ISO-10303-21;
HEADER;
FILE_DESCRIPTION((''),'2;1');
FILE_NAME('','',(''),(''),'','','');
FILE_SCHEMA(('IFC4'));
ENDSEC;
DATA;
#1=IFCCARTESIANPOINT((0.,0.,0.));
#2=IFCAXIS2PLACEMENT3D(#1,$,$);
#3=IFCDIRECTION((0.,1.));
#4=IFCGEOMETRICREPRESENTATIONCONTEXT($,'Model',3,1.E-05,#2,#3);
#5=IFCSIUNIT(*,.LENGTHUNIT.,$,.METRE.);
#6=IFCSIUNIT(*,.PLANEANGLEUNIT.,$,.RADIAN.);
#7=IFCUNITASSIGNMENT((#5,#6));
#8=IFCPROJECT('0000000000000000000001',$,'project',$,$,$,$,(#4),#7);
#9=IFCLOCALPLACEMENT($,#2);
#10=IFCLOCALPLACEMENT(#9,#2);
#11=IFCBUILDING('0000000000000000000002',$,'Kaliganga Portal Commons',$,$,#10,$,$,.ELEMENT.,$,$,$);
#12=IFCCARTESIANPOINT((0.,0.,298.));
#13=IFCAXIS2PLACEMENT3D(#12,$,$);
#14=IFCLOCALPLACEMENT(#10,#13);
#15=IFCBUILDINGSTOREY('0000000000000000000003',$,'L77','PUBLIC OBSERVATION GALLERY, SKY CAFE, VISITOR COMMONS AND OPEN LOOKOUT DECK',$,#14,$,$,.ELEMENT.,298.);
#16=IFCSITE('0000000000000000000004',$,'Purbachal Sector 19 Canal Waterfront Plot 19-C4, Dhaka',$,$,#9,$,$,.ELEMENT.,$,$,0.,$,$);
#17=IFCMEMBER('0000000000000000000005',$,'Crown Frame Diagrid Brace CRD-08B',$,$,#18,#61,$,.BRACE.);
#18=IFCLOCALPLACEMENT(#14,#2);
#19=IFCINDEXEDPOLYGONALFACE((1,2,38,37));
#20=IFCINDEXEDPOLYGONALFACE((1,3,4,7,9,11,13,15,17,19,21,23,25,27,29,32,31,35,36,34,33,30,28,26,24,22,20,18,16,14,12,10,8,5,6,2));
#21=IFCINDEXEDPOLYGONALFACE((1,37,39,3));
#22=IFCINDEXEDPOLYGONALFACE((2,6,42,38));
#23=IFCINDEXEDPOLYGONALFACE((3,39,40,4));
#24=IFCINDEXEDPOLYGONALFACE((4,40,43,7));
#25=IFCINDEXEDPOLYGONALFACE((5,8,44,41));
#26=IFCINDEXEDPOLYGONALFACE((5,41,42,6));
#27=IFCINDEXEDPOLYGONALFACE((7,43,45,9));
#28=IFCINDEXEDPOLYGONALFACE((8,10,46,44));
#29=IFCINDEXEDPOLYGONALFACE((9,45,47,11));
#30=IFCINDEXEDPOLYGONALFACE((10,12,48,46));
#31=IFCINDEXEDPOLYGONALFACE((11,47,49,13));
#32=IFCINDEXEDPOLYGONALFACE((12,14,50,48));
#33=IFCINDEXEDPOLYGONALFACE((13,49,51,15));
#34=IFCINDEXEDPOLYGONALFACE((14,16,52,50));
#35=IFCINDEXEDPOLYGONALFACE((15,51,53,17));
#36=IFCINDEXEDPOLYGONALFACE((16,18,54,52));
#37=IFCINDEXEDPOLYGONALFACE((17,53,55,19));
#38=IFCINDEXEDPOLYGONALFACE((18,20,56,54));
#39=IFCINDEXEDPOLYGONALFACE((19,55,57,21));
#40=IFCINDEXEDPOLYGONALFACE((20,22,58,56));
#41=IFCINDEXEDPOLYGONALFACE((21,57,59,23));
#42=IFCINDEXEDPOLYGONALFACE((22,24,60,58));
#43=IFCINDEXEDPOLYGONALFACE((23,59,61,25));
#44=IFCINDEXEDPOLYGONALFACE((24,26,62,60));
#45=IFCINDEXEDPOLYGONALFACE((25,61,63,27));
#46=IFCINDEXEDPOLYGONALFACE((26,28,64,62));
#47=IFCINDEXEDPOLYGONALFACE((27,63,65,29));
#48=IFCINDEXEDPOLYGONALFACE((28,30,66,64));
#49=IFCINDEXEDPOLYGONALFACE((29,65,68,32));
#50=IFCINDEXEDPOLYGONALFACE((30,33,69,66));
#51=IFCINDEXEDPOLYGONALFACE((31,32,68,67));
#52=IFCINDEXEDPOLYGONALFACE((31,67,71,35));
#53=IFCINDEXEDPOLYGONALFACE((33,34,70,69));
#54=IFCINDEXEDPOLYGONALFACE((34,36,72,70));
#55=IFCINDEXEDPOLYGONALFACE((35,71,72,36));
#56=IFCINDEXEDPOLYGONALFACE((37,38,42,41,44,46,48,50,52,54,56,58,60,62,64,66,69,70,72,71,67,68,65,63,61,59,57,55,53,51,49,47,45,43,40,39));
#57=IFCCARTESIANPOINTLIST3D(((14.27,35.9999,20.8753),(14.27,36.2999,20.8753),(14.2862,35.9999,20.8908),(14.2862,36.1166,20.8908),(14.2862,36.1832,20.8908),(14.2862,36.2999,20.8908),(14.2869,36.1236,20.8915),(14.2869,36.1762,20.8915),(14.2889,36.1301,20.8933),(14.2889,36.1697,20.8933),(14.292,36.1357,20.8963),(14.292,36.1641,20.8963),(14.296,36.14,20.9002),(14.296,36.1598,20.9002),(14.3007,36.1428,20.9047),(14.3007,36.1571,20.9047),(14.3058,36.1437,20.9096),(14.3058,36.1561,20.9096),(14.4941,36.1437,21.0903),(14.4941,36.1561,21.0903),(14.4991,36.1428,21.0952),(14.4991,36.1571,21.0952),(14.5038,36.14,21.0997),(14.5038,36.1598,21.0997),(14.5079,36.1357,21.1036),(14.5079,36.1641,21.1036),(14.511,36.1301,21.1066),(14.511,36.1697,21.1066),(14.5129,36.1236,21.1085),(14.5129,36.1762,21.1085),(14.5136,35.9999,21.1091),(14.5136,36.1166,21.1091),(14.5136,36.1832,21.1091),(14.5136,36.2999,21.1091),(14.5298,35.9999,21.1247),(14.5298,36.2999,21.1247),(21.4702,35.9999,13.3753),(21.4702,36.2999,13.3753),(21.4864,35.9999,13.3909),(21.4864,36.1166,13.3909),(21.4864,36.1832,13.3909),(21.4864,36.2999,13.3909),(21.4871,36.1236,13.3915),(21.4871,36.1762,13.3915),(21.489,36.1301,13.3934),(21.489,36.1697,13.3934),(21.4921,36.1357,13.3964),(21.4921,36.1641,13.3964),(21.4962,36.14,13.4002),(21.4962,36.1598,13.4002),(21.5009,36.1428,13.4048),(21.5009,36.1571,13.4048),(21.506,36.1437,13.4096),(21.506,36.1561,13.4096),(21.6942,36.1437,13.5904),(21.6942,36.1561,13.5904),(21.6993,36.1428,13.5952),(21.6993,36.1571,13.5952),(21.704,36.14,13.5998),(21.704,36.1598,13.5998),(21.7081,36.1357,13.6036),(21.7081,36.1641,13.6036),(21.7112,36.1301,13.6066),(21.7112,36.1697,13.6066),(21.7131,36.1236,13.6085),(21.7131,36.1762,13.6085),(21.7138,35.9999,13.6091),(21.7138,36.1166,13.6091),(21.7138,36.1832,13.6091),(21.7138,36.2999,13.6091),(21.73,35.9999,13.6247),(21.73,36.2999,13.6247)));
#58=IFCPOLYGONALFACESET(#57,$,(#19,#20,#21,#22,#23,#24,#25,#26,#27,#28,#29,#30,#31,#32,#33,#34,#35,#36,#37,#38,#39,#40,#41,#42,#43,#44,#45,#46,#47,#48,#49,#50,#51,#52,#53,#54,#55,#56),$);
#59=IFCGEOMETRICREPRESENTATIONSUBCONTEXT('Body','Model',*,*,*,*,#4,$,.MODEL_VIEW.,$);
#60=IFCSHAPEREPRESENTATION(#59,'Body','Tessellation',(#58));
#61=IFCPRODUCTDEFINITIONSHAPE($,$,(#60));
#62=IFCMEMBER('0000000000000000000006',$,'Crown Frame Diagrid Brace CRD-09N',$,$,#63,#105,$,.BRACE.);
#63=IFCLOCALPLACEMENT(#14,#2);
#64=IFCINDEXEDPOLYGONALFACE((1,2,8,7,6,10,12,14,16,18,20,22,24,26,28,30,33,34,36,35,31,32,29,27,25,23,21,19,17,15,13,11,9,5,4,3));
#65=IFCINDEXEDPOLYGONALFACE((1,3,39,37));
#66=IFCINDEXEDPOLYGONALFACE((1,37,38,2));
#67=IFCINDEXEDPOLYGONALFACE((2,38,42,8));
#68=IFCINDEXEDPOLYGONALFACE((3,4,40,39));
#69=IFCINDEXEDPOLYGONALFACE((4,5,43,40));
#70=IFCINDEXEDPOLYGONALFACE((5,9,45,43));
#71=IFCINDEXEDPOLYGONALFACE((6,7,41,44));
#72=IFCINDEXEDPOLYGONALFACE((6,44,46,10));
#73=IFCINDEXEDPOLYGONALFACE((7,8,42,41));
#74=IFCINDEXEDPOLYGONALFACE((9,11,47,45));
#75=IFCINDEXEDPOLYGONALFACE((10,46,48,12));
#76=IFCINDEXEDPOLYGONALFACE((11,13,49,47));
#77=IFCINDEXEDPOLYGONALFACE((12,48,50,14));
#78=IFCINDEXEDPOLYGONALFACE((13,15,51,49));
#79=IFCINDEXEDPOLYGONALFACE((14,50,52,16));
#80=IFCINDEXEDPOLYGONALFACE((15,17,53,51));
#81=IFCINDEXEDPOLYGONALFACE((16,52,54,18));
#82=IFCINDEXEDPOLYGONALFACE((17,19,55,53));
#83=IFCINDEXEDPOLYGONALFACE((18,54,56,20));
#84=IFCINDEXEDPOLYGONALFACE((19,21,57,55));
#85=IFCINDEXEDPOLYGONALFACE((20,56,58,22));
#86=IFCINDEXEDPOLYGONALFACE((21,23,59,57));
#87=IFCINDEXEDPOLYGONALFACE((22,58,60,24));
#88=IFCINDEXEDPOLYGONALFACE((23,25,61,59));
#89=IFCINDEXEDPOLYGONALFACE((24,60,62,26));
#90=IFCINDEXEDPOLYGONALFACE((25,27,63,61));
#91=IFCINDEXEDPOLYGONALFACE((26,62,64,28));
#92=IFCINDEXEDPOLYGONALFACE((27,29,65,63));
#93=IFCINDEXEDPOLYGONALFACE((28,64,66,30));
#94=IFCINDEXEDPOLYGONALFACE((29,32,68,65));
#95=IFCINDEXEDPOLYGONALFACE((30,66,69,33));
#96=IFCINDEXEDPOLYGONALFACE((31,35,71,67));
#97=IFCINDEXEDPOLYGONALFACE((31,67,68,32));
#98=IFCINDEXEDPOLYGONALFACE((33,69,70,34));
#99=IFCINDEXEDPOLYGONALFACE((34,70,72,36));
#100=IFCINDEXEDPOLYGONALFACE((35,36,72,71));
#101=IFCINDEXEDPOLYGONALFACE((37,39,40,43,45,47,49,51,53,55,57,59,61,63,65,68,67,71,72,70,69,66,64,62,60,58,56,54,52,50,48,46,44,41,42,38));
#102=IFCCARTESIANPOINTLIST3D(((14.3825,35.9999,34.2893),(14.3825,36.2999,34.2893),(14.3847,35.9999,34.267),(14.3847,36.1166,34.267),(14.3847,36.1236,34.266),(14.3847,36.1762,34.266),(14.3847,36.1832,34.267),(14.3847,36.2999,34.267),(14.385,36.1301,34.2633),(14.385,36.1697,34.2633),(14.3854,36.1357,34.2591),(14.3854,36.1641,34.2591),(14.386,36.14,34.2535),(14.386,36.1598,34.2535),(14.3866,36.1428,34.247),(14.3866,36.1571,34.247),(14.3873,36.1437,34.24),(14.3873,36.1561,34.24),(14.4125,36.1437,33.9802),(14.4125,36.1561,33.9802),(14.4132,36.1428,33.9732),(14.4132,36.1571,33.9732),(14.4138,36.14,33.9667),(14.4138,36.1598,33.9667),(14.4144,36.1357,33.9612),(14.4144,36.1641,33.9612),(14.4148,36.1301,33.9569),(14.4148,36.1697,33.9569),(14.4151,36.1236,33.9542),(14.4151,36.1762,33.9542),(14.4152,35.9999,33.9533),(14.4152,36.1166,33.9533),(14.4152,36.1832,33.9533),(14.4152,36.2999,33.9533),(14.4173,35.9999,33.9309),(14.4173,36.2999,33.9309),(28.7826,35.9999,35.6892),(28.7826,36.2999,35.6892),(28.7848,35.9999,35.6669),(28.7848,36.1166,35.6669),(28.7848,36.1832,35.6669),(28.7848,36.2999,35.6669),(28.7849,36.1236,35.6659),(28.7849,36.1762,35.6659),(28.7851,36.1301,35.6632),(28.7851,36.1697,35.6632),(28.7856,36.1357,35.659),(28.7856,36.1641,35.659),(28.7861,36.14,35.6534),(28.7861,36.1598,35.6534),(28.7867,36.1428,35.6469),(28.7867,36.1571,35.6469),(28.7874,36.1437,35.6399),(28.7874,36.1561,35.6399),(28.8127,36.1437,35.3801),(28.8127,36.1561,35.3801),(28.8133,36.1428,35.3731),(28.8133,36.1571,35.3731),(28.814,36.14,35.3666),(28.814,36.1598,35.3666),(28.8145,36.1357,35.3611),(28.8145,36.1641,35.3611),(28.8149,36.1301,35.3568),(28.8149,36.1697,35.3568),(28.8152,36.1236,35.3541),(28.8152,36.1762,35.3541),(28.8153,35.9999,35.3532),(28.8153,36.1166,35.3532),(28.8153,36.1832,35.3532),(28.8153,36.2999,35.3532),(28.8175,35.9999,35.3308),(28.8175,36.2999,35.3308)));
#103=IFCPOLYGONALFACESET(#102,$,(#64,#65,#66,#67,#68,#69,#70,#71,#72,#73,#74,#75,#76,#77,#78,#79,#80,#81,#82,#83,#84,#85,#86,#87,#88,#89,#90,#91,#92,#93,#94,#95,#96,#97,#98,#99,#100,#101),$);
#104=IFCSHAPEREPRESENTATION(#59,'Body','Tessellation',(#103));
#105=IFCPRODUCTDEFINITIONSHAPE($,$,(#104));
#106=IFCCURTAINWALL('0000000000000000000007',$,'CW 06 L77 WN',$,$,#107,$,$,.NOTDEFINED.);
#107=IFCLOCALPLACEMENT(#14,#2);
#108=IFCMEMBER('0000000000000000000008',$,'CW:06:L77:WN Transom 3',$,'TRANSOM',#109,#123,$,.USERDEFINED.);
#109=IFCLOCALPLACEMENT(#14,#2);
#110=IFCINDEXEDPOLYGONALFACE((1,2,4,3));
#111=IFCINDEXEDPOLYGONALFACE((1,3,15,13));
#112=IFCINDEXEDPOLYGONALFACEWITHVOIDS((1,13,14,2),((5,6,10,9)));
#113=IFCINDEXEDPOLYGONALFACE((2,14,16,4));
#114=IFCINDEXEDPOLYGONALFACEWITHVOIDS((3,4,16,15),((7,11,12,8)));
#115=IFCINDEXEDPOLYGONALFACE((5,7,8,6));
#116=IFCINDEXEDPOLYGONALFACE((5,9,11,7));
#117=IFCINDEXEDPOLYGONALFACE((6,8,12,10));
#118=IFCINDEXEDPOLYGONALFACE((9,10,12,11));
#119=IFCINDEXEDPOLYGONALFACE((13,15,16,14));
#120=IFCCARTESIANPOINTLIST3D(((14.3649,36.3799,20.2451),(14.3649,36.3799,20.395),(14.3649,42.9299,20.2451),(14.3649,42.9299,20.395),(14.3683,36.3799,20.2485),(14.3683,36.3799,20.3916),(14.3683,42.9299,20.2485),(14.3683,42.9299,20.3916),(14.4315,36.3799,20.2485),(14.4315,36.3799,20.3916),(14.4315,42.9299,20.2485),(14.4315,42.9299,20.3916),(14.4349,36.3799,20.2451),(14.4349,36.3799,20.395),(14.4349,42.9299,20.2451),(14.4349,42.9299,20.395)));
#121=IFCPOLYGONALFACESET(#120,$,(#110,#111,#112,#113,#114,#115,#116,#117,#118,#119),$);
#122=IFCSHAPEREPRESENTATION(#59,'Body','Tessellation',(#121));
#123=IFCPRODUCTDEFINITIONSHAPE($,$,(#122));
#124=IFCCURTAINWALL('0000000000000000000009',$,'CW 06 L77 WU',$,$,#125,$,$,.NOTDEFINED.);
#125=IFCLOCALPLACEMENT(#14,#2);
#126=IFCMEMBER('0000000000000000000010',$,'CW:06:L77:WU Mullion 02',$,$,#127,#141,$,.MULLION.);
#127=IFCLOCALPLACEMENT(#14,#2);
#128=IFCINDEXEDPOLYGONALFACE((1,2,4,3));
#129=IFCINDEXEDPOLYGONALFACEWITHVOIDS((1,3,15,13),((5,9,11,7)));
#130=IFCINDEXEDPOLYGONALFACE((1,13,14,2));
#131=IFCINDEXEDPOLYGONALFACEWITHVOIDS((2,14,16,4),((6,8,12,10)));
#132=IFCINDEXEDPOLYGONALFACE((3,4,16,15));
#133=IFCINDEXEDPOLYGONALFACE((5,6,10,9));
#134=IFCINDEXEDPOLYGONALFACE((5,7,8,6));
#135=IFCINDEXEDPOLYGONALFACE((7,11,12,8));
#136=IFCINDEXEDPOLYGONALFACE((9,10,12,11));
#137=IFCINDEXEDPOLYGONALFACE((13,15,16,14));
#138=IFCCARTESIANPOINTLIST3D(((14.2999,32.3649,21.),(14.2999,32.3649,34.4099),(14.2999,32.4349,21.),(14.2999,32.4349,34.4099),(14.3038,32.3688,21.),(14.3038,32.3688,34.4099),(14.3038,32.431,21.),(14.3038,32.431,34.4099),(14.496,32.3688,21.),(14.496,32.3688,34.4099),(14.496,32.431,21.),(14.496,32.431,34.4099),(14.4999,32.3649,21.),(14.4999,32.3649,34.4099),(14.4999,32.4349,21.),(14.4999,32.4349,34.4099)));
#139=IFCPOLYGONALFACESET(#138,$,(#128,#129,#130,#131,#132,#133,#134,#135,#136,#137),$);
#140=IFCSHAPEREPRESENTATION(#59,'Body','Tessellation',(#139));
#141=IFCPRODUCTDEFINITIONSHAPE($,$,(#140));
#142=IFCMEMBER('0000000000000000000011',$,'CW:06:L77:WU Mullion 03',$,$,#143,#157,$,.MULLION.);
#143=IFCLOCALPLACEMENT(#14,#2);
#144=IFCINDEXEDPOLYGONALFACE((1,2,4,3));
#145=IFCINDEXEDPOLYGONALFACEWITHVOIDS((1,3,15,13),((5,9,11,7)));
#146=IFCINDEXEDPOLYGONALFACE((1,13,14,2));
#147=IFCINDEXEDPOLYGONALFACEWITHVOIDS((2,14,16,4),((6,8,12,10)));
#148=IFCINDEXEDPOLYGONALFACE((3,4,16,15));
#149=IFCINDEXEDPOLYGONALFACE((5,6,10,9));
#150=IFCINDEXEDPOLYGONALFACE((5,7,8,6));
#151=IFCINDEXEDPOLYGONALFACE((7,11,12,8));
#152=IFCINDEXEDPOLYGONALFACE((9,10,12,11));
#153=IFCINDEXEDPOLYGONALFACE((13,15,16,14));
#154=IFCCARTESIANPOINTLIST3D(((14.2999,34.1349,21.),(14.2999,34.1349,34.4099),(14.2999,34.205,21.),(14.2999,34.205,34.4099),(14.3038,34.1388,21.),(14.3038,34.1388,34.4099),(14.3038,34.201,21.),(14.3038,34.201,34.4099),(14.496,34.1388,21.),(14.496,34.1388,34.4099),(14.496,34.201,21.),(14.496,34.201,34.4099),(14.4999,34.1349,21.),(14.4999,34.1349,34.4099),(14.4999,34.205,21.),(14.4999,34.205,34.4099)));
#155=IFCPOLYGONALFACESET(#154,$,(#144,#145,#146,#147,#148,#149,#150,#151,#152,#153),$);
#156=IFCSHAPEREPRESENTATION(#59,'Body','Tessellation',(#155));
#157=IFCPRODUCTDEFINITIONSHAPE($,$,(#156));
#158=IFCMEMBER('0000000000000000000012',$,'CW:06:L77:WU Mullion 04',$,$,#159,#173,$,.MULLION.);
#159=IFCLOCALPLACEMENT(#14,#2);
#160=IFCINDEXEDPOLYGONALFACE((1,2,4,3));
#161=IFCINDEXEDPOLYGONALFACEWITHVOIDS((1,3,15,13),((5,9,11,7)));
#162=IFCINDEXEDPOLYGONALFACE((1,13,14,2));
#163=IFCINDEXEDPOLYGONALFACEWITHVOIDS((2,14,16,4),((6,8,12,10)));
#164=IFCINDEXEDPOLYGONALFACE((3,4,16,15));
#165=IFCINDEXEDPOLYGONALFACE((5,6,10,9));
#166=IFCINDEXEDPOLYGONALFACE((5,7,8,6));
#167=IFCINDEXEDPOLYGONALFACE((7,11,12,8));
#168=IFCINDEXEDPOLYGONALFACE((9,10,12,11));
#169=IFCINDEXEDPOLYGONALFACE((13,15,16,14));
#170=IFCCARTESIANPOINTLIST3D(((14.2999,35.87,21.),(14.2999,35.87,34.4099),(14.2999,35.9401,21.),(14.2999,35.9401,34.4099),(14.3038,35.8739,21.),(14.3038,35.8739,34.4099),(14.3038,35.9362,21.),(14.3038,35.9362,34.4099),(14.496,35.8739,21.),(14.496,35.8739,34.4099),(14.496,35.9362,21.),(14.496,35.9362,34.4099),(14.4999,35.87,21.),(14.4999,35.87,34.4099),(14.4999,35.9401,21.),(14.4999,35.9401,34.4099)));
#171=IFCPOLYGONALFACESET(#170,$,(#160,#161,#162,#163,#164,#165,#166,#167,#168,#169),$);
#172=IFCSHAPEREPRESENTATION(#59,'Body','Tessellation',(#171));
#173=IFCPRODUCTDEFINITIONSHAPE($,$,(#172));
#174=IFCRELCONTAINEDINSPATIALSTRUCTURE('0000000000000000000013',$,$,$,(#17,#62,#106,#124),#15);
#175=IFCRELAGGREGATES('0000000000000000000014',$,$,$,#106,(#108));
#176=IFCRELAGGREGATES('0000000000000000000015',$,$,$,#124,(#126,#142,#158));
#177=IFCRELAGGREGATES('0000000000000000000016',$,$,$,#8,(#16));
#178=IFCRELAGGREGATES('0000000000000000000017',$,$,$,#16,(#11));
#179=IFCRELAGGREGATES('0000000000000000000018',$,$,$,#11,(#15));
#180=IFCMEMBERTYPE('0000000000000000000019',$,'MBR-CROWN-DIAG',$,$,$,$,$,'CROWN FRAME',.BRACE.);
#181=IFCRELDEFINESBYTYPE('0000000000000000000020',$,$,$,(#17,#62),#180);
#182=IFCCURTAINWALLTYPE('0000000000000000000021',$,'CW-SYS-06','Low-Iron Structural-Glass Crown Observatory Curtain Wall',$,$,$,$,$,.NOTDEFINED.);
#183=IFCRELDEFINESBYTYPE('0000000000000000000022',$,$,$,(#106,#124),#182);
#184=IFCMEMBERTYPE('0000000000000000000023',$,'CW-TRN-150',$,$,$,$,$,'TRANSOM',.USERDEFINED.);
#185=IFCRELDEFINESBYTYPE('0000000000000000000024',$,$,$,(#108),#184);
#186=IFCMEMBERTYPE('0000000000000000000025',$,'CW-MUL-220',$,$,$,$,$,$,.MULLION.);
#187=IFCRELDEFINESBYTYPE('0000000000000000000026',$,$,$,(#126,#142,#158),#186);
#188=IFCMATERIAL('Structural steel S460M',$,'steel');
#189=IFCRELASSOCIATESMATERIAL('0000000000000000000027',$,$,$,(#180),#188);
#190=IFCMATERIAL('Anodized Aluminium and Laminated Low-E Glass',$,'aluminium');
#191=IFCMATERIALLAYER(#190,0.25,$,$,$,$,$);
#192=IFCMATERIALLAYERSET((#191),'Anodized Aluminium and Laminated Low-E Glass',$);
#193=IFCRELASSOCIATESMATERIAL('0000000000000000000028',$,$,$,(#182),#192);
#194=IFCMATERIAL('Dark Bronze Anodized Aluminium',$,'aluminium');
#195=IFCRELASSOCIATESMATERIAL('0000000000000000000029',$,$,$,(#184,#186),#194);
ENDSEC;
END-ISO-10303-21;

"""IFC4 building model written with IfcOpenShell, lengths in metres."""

from ifc_helpers import new_model, si_unit, direction, frame, origin, origin_2d, place, context, subcontext, project, spatial, hollow_rectangle, i_section, extrude, source, transform, mapped, material, layer, layer_set, material_profile, profile_set, type_object, element, aggregate, save


model = new_model("IFC4")

# Units and contexts
model_context = context("Model", 3, precision=1e-05, world=origin(), true_north=direction((0.0, 1.0)))
body_context = subcontext(model_context, "Body", "Model", "MODEL_VIEW")
ifc_project = project(units=[si_unit("LENGTHUNIT", "METRE"), si_unit("PLANEANGLEUNIT", "RADIAN")], contexts=[model_context])

# Site, building, storey
site_placement = place(None, origin())
site = spatial("IfcSite", under=ifc_project, at=site_placement, Name="Purbachal Sector 19 Canal Waterfront Plot 19-C4, Dhaka", CompositionType="ELEMENT", RefElevation=0.0)
building_placement = place(site_placement, origin())
building = spatial("IfcBuilding", under=site, at=building_placement, Name="Kaliganga Portal Commons", CompositionType="ELEMENT")
storey_placement = place(building_placement, frame((0.0, 0.0, 298.0)))
storey = spatial("IfcBuildingStorey", under=building, at=storey_placement, Name="L77", Description="PUBLIC OBSERVATION GALLERY, SKY CAFE, VISITOR COMMONS AND OPEN LOOKOUT DECK", CompositionType="ELEMENT", Elevation=298.0)

# Shared definitions
ifc_material_1 = material(Name="Structural steel S460M", Category="steel")

# Members
ifc_material_profile_1 = material_profile(ifc_material_1, i_section(OverallWidth=0.3, OverallDepth=0.3601, WebThickness=0.0125, FlangeThickness=0.0225, FilletRadius=0.0271, at=origin_2d()), Name="HE 360 B")
ifc_profile_set_1 = profile_set([ifc_material_profile_1], Name="Structural steel S460M wide-flange")
member_type_1 = type_object("IfcMemberType", Name="MBR-CROWN-DIAG", ElementType="CROWN FRAME", PredefinedType="BRACE", material=ifc_profile_set_1)
shared_shape_1 = source(origin(), body_context, "Body", "SweptSolid", [
    extrude(i_section(OverallWidth=0.3, OverallDepth=0.3601, WebThickness=0.0125, FlangeThickness=0.0225, FilletRadius=0.0271, at=origin_2d()), origin(), (0.0, 0.0, 1.0), 10.3967),
])
member_1_placement = place(storey_placement, frame((21.6001, 36.1499, 13.5), z_axis=(-0.692542, 0.0, 0.721378), x_axis=(0.0, -1.0, 0.0)))
element("IfcMember", 1, at=member_1_placement, inside=storey, type_object=member_type_1, Name="Crown Frame Diagrid Brace CRD-08B", PredefinedType="BRACE", context=body_context, shape_type="MappedRepresentation", body=[
    mapped(shared_shape_1, transform((0.0, 0.0, 0.0), x_axis=(1.0, 0.0, 0.0), y_axis=(0.0, 1.0, 0.0), z_axis=(0.0, 0.0, 1.0), scale=1.0)),
])
shared_shape_2 = source(origin(), body_context, "Body", "SweptSolid", [
    extrude(i_section(OverallWidth=0.3, OverallDepth=0.3601, WebThickness=0.0125, FlangeThickness=0.0225, FilletRadius=0.0271, at=origin_2d()), origin(), (0.0, 0.0, 1.0), 14.468),
])
member_2_placement = place(storey_placement, frame((14.3999, 36.1499, 34.1101), z_axis=(0.995308, 0.0, 0.096758), x_axis=(0.0, 1.0, 0.0)))
element("IfcMember", 2, at=member_2_placement, inside=storey, type_object=member_type_1, Name="Crown Frame Diagrid Brace CRD-09N", PredefinedType="BRACE", context=body_context, shape_type="MappedRepresentation", body=[
    mapped(shared_shape_2, transform((0.0, 0.0, 0.0), x_axis=(1.0, 0.0, 0.0), y_axis=(0.0, 1.0, 0.0), z_axis=(0.0, 0.0, 1.0), scale=1.0)),
])

# Curtain wall, member
ifc_material_2 = material(Name="Anodized Aluminium and Laminated Low-E Glass", Category="aluminium")
ifc_layer_1 = layer(ifc_material_2, 0.25)
ifc_layer_set_1 = layer_set([ifc_layer_1], Name="Anodized Aluminium and Laminated Low-E Glass")
curtain_wall_type = type_object("IfcCurtainWallType", Name="CW-SYS-06", Description="Low-Iron Structural-Glass Crown Observatory Curtain Wall", PredefinedType="NOTDEFINED", material=ifc_layer_set_1)
curtain_wall_1_placement = place(storey_placement, origin())
curtain_wall_1 = element("IfcCurtainWall", 3, at=curtain_wall_1_placement, inside=storey, type_object=curtain_wall_type, Name="CW 06 L77 WN", PredefinedType="NOTDEFINED")
ifc_material_3 = material(Name="Dark Bronze Anodized Aluminium", Category="aluminium")
ifc_material_profile_2 = material_profile(ifc_material_3, hollow_rectangle(XDim=0.0701, YDim=0.1499, WallThickness=0.0034, at=origin_2d()), Name="ALU TRAN 70x150x3.5")
ifc_profile_set_2 = profile_set([ifc_material_profile_2], Name="Dark Bronze Anodized Aluminium")
member_type_2 = type_object("IfcMemberType", Name="CW-TRN-150", ElementType="TRANSOM", PredefinedType="USERDEFINED", material=ifc_profile_set_2)
shared_shape_3 = source(origin(), body_context, "Body", "SweptSolid", [
    extrude(hollow_rectangle(XDim=0.0701, YDim=0.1499, WallThickness=0.0034, at=origin_2d()), origin(), (0.0, 0.0, 1.0), 6.55),
])
member_3_placement = place(storey_placement, frame((14.3999, 36.3799, 20.3201), z_axis=(0.0, 1.0, 0.0), x_axis=(-1.0, 0.0, 0.0)))
member_3 = element("IfcMember", 4, at=member_3_placement, type_object=member_type_2, Name="CW:06:L77:WN Transom 3", ObjectType="TRANSOM", PredefinedType="USERDEFINED", context=body_context, shape_type="MappedRepresentation", body=[
    mapped(shared_shape_3, transform((0.0, 0.0, 0.0), x_axis=(1.0, 0.0, 0.0), y_axis=(0.0, 1.0, 0.0), z_axis=(0.0, 0.0, 1.0), scale=1.0)),
])
aggregate(curtain_wall_1, [member_3])

# Curtain wall, members
curtain_wall_2_placement = place(storey_placement, origin())
curtain_wall_2 = element("IfcCurtainWall", 5, at=curtain_wall_2_placement, inside=storey, type_object=curtain_wall_type, Name="CW 06 L77 WU", PredefinedType="NOTDEFINED")
ifc_material_profile_3 = material_profile(ifc_material_3, hollow_rectangle(XDim=0.0701, YDim=0.2, WallThickness=0.0039, at=origin_2d()), Name="ALU MULL 70x200x4")
ifc_profile_set_3 = profile_set([ifc_material_profile_3], Name="Dark Bronze Anodized Aluminium")
member_type_3 = type_object("IfcMemberType", Name="CW-MUL-220", PredefinedType="MULLION", material=ifc_profile_set_3)
shared_shape_4 = source(origin(), body_context, "Body", "SweptSolid", [
    extrude(hollow_rectangle(XDim=0.0701, YDim=0.2, WallThickness=0.0039, at=origin_2d()), origin(), (0.0, 0.0, 1.0), 13.4099),
])
member_4_placement = place(storey_placement, frame((14.3999, 32.3999, 21.0), z_axis=(0.0, 0.0, 1.0), x_axis=(0.0, 1.0, 0.0)))
member_4 = element("IfcMember", 6, at=member_4_placement, type_object=member_type_3, Name="CW:06:L77:WU Mullion 02", PredefinedType="MULLION", context=body_context, shape_type="MappedRepresentation", body=[
    mapped(shared_shape_4, transform((0.0, 0.0, 0.0), x_axis=(1.0, 0.0, 0.0), y_axis=(0.0, 1.0, 0.0), z_axis=(0.0, 0.0, 1.0), scale=1.0)),
])
member_5_placement = place(storey_placement, frame((14.3999, 34.1699, 21.0), z_axis=(0.0, 0.0, 1.0), x_axis=(0.0, 1.0, 0.0)))
member_5 = element("IfcMember", 7, at=member_5_placement, type_object=member_type_3, Name="CW:06:L77:WU Mullion 03", PredefinedType="MULLION", context=body_context, shape_type="MappedRepresentation", body=[
    mapped(shared_shape_4, transform((0.0, 0.0, 0.0), x_axis=(1.0, 0.0, 0.0), y_axis=(0.0, 1.0, 0.0), z_axis=(0.0, 0.0, 1.0), scale=1.0)),
])
member_6_placement = place(storey_placement, frame((14.3999, 35.905, 21.0), z_axis=(0.0, 0.0, 1.0), x_axis=(0.0, 1.0, 0.0)))
member_6 = element("IfcMember", 8, at=member_6_placement, type_object=member_type_3, Name="CW:06:L77:WU Mullion 04", PredefinedType="MULLION", context=body_context, shape_type="MappedRepresentation", body=[
    mapped(shared_shape_4, transform((0.0, 0.0, 0.0), x_axis=(1.0, 0.0, 0.0), y_axis=(0.0, 1.0, 0.0), z_axis=(0.0, 0.0, 1.0), scale=1.0)),
])

aggregate(curtain_wall_2, [member_4, member_5, member_6])

save(model, "model.ifc")
